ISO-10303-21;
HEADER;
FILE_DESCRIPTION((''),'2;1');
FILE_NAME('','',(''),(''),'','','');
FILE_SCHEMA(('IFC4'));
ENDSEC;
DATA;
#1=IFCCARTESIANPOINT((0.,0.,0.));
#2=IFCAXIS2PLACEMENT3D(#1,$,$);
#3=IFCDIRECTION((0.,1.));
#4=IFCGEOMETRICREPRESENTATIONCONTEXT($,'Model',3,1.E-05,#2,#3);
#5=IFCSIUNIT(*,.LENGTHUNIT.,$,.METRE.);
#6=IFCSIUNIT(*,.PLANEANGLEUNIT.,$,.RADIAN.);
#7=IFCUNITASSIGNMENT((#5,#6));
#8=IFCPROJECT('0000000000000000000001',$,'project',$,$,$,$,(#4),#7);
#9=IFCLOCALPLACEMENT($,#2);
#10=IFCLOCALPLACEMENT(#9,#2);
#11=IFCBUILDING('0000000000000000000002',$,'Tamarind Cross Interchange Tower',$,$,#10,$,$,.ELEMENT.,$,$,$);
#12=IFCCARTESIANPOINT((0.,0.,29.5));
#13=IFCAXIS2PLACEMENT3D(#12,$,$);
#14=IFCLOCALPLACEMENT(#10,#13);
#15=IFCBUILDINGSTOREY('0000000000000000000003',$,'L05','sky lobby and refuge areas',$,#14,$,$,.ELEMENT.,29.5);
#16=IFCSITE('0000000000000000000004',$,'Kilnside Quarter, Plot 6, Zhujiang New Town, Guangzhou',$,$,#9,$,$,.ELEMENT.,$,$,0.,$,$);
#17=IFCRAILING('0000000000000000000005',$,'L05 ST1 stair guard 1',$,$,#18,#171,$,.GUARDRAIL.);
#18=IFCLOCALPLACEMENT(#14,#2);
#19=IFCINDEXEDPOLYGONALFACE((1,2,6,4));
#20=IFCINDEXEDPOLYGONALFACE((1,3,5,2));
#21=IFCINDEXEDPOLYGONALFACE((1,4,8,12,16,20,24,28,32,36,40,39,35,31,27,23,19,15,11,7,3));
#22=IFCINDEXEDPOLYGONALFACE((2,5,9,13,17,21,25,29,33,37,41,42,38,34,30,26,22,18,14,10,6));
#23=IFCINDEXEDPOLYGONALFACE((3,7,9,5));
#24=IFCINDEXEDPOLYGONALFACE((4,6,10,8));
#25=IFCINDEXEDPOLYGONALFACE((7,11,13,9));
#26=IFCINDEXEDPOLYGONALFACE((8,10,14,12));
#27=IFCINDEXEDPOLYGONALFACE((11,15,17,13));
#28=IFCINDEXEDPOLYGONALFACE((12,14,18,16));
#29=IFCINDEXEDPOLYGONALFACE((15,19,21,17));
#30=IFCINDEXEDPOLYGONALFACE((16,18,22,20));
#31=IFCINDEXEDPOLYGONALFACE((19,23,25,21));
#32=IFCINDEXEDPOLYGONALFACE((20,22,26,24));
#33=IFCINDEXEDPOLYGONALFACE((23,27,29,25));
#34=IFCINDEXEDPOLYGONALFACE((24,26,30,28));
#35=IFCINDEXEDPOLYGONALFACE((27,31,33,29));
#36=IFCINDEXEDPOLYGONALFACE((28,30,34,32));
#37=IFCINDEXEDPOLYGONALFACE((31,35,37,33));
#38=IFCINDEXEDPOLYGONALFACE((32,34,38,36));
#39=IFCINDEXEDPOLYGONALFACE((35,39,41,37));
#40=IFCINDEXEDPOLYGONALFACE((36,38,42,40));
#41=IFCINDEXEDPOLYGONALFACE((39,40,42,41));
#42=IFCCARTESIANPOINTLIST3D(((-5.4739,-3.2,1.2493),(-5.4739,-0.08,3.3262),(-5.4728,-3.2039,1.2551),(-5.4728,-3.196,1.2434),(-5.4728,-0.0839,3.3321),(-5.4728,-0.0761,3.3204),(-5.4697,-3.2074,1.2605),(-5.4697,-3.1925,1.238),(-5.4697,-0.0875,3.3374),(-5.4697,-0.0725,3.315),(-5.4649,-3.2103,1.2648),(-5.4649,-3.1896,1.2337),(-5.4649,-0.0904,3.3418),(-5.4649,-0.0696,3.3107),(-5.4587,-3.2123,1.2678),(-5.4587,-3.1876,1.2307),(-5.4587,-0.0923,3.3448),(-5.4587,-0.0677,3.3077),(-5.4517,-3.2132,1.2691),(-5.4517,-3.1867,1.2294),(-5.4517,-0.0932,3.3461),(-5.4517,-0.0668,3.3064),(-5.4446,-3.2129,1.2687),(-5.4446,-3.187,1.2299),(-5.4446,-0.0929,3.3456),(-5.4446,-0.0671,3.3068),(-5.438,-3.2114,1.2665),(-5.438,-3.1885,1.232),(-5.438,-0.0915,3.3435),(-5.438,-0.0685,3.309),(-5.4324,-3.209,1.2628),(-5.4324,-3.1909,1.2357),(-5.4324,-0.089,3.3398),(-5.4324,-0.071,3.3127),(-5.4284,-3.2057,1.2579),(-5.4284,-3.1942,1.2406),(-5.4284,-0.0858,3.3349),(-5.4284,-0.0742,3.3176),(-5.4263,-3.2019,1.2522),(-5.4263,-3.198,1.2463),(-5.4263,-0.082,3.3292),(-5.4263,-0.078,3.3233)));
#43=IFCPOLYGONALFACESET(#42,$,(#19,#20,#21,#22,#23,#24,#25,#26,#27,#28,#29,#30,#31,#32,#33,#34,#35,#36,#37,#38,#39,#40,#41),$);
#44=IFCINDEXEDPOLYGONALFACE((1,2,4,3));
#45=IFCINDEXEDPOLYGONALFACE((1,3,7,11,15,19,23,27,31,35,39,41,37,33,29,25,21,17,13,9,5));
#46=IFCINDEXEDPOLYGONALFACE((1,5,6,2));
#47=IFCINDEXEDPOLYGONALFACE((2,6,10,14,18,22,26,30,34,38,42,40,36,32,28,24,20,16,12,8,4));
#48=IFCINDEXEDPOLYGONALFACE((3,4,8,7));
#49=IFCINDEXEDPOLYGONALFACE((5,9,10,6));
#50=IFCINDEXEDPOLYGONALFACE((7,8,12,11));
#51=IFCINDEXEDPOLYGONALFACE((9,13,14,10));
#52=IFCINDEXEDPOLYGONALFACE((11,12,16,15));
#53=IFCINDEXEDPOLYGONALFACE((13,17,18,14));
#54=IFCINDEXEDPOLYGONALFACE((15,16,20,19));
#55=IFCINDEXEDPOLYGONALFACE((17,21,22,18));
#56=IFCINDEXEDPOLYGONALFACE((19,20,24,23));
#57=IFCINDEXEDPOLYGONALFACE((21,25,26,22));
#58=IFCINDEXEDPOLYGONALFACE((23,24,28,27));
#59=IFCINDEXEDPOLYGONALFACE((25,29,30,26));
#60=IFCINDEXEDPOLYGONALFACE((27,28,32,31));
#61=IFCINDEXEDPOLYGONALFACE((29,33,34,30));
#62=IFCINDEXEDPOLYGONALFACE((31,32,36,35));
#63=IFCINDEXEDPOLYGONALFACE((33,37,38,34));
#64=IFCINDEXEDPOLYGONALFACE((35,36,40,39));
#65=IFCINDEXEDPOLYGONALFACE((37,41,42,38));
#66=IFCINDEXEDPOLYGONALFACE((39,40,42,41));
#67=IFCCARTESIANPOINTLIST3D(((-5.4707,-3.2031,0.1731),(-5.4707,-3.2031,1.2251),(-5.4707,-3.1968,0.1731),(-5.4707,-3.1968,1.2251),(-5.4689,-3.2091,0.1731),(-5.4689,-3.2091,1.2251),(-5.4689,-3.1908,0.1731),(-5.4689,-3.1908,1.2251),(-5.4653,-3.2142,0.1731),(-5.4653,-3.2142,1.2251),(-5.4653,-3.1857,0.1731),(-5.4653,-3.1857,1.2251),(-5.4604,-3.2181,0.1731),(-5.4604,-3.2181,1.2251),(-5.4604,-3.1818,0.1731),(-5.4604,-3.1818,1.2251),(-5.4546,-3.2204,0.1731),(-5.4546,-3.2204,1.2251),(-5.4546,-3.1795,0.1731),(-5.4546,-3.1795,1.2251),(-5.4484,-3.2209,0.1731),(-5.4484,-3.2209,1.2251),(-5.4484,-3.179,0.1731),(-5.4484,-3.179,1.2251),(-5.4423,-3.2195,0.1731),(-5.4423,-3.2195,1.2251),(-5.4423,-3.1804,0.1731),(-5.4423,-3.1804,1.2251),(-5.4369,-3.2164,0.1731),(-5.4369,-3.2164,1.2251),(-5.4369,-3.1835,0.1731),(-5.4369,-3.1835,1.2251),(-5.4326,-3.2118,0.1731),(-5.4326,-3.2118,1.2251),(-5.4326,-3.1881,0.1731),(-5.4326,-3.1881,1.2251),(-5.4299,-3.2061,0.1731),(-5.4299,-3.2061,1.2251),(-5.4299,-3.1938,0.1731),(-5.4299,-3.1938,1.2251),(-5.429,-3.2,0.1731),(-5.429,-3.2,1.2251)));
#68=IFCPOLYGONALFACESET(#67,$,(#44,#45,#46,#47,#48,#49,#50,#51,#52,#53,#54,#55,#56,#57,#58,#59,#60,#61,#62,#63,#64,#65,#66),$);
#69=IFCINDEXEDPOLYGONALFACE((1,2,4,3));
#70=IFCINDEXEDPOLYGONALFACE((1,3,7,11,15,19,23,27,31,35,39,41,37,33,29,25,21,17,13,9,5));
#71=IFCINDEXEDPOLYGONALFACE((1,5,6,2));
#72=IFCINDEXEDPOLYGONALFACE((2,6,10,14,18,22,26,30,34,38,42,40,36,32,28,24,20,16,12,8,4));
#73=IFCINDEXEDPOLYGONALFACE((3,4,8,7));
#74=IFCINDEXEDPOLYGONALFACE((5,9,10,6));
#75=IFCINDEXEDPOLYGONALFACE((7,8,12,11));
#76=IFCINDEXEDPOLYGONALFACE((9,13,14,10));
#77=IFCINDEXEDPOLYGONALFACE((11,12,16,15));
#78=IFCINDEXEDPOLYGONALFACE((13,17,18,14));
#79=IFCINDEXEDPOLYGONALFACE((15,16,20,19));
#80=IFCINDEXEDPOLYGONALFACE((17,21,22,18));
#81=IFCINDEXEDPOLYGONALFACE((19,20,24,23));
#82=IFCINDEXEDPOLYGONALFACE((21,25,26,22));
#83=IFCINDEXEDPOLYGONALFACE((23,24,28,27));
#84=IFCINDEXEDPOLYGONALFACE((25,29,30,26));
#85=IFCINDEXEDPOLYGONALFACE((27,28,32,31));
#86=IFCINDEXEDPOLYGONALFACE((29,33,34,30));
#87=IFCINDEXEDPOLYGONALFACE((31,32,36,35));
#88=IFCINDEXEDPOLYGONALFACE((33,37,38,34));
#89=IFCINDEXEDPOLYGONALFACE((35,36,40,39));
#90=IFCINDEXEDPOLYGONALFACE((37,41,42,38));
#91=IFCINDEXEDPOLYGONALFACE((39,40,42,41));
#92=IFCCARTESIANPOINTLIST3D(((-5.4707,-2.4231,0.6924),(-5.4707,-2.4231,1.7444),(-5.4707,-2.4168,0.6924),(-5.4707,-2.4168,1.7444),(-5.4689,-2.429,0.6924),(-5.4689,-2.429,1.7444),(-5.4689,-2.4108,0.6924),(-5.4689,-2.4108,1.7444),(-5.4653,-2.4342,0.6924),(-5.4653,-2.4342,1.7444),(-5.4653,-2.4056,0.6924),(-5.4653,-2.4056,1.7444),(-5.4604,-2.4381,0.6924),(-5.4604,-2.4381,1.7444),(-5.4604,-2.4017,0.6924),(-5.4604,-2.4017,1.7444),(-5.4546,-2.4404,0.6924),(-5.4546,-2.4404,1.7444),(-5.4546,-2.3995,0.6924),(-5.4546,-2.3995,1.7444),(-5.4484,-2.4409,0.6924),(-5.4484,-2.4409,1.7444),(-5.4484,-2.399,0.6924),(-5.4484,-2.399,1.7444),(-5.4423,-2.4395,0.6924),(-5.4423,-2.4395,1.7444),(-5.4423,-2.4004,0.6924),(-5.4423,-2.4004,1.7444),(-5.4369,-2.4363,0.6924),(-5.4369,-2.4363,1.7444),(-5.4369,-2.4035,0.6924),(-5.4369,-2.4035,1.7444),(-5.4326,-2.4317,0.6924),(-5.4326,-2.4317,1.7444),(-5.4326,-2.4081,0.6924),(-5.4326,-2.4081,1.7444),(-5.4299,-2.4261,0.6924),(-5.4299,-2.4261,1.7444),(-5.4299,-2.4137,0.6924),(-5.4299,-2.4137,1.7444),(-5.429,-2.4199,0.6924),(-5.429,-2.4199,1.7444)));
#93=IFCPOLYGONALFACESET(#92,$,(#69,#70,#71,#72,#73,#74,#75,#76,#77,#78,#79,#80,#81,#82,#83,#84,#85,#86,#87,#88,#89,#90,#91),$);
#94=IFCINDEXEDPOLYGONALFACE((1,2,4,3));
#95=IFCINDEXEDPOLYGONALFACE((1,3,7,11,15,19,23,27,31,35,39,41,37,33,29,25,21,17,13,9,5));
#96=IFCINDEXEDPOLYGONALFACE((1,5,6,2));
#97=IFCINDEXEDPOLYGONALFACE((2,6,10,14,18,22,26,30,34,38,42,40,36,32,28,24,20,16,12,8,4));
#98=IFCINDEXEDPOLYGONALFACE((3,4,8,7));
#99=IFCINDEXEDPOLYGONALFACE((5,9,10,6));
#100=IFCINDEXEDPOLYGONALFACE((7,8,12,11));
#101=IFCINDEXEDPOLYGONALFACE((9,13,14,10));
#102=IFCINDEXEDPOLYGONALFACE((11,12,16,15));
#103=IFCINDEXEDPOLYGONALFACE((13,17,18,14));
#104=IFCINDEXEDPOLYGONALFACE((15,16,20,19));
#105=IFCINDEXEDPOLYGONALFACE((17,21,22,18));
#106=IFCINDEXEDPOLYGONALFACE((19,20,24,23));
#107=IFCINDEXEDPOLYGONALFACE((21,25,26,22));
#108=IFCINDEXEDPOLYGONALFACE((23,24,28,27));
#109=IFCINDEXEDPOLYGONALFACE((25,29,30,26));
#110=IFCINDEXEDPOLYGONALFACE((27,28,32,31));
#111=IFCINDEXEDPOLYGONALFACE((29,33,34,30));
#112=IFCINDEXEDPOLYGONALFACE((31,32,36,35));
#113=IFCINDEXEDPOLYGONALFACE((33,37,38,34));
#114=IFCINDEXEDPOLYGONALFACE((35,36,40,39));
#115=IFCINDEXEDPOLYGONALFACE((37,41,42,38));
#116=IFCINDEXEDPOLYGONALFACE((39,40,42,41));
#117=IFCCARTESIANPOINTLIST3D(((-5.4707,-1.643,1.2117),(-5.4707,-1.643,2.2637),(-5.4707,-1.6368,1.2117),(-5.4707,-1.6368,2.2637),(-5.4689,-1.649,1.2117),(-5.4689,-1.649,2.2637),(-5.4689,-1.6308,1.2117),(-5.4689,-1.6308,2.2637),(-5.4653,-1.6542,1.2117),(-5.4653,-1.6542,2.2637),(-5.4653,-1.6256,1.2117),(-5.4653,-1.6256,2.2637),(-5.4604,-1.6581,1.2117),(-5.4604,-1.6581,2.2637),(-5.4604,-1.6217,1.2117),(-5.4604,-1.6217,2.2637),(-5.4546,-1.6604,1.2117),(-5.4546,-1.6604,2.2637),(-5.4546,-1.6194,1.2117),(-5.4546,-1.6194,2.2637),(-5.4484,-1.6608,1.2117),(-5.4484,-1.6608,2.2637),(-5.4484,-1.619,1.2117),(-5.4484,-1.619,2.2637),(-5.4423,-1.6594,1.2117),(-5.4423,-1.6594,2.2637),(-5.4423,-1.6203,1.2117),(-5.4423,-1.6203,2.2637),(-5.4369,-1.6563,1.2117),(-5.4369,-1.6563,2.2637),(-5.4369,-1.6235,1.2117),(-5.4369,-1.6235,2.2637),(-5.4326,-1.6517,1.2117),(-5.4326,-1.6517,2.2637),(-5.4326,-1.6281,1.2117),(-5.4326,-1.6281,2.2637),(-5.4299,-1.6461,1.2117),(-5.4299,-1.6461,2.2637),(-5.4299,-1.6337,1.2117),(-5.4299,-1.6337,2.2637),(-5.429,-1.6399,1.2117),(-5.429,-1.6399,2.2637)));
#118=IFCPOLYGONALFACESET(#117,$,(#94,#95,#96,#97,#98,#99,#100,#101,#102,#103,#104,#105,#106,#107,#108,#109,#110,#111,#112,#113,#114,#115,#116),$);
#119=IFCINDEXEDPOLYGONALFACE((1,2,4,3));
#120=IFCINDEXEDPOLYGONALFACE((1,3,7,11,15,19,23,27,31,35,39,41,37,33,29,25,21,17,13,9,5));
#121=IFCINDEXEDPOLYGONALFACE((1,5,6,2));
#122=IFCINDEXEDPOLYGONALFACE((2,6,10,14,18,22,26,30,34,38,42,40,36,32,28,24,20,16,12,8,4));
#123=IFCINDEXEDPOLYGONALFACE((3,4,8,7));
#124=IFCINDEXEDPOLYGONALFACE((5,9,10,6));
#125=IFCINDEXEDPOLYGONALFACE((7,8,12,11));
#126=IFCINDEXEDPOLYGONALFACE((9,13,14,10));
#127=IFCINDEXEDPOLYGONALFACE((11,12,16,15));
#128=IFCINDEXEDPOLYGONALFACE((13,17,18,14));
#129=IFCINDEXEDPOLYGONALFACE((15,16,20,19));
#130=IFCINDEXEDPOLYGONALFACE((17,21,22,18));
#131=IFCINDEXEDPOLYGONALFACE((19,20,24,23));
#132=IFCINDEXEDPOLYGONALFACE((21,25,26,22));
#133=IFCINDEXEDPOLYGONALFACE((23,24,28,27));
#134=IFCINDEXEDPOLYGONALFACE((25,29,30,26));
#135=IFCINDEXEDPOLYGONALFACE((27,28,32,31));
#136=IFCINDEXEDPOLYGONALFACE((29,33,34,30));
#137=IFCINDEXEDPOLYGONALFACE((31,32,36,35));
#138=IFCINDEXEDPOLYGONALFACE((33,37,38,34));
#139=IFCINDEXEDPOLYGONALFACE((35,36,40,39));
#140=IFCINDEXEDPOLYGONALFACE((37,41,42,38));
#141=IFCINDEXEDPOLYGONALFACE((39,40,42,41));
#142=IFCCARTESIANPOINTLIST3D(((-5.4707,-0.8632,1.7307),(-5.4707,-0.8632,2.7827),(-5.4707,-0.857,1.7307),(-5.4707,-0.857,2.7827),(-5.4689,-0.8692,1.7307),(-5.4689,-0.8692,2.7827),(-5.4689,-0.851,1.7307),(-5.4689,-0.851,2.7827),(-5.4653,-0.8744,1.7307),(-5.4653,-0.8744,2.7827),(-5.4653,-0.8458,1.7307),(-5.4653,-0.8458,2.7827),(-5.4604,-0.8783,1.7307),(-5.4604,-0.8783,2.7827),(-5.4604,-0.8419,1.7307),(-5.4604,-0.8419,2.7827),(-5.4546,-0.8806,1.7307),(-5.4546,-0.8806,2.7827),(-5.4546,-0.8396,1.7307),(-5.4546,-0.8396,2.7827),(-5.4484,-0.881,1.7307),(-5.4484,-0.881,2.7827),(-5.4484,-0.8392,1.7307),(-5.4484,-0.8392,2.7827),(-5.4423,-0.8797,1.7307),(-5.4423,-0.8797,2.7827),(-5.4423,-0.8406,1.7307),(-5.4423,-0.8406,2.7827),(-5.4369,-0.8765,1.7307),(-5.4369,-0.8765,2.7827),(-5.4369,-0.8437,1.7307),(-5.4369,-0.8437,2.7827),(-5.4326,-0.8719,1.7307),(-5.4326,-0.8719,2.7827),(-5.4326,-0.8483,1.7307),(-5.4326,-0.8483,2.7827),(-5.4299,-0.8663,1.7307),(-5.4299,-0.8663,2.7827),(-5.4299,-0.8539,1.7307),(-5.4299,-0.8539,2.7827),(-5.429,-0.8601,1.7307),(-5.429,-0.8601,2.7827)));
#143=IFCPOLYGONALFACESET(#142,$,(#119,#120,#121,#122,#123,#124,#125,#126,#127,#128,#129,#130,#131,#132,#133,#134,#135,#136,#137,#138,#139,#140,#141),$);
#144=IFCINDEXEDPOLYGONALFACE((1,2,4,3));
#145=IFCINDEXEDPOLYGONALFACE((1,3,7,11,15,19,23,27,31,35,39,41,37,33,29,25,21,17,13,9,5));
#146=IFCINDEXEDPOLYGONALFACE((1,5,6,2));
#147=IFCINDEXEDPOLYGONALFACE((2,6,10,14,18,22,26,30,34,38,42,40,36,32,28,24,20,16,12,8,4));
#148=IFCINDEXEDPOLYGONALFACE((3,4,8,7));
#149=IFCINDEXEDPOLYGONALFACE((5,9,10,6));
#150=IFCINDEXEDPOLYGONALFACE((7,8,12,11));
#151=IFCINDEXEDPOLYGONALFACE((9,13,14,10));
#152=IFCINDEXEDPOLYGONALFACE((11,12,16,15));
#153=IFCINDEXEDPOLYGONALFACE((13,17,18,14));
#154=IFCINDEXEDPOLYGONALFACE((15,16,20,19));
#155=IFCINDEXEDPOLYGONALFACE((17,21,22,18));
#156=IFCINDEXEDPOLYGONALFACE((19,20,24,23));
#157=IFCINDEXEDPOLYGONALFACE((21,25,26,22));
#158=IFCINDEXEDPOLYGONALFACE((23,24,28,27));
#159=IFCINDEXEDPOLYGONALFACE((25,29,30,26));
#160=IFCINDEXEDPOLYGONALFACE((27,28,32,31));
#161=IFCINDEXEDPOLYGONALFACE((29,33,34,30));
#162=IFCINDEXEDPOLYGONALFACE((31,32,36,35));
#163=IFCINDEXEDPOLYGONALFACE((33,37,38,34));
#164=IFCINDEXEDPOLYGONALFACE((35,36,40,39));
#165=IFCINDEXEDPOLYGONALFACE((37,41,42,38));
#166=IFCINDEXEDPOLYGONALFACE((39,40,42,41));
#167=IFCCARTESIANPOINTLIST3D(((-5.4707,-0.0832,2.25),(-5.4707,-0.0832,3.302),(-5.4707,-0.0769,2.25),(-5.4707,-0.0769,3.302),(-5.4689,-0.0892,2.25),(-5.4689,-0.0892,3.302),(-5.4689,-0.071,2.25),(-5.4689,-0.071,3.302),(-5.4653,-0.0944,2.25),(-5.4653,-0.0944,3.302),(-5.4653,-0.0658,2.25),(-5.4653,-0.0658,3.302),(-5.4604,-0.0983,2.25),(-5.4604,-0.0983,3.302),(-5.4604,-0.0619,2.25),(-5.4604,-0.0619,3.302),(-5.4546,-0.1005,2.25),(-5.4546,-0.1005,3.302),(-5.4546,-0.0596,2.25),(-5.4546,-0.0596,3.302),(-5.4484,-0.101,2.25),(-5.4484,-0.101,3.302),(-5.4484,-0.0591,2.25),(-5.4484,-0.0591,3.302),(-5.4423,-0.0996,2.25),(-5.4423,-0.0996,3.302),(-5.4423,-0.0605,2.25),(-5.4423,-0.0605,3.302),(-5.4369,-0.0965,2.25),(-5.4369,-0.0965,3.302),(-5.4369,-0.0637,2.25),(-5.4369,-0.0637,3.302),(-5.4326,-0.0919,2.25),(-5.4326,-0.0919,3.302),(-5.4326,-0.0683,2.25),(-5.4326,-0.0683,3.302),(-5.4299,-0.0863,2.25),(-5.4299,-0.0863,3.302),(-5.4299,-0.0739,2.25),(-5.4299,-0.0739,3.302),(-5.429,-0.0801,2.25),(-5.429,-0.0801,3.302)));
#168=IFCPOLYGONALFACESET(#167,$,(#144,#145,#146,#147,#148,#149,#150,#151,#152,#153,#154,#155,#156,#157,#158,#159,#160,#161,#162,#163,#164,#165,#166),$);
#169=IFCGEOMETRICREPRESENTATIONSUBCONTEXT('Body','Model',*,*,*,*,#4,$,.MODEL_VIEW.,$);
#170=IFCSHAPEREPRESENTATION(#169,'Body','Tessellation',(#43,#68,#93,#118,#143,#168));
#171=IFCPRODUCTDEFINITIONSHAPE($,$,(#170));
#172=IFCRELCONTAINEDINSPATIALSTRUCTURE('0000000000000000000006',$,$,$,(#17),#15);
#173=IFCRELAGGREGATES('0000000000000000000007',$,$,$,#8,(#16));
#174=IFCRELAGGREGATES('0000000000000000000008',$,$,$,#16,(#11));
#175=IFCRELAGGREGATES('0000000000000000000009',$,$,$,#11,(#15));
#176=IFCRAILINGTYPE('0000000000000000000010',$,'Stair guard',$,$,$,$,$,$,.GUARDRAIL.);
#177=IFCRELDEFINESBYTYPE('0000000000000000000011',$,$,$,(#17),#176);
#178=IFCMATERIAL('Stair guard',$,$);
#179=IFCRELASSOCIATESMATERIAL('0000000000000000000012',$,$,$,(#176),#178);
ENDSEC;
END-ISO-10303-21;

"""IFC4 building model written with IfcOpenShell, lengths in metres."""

from ifc_helpers import new_model, si_unit, direction, frame, origin, origin_2d, place, context, subcontext, project, spatial, circle, extrude, material, type_object, element, save


model = new_model("IFC4")

# Units and contexts
model_context = context("Model", 3, precision=1e-05, world=origin(), true_north=direction((0.0, 1.0)))
body_context = subcontext(model_context, "Body", "Model", "MODEL_VIEW")
ifc_project = project(units=[si_unit("LENGTHUNIT", "METRE"), si_unit("PLANEANGLEUNIT", "RADIAN")], contexts=[model_context])

# Site, building, storey
site_placement = place(None, origin())
site = spatial("IfcSite", under=ifc_project, at=site_placement, Name="Kilnside Quarter, Plot 6, Zhujiang New Town, Guangzhou", CompositionType="ELEMENT", RefElevation=0.0)
building_placement = place(site_placement, origin())
building = spatial("IfcBuilding", under=site, at=building_placement, Name="Tamarind Cross Interchange Tower", CompositionType="ELEMENT")
storey_placement = place(building_placement, frame((0.0, 0.0, 29.5)))
storey = spatial("IfcBuildingStorey", under=building, at=storey_placement, Name="L05", Description="sky lobby and refuge areas", CompositionType="ELEMENT", Elevation=29.5)

# Railing
ifc_material_1 = material(Name="Stair guard")
railing_type_1 = type_object("IfcRailingType", Name="Stair guard", PredefinedType="GUARDRAIL", material=ifc_material_1)
railing_1_placement = place(storey_placement, frame((-5.45, -3.2, 0.1731)))
element("IfcRailing", 1, at=railing_1_placement, inside=storey, type_object=railing_type_1, Name="L05 ST1 stair guard 1", PredefinedType="GUARDRAIL", context=body_context, shape_type="SweptSolid", body=[
    extrude(circle(Radius=0.0239, at=origin_2d()), frame((0.0, 0.0, 1.0762), z_axis=(0.0, 0.832421, 0.554144), x_axis=(-1.0, 0.0, 0.0)), (0.0, 0.0, 1.0), 3.748),
    extrude(circle(Radius=0.021, at=origin_2d()), origin(), (0.0, 0.0, 1.0), 1.052),
    extrude(circle(Radius=0.021, at=origin_2d()), frame((0.0, 0.78, 0.5193)), (0.0, 0.0, 1.0), 1.052),
    extrude(circle(Radius=0.021, at=origin_2d()), frame((0.0, 1.5601, 1.0386)), (0.0, 0.0, 1.0), 1.052),
    extrude(circle(Radius=0.021, at=origin_2d()), frame((0.0, 2.3398, 1.5576)), (0.0, 0.0, 1.0), 1.052),
    extrude(circle(Radius=0.021, at=origin_2d()), frame((0.0, 3.1199, 2.0769)), (0.0, 0.0, 1.0), 1.052),
])

save(model, "model.ifc")
